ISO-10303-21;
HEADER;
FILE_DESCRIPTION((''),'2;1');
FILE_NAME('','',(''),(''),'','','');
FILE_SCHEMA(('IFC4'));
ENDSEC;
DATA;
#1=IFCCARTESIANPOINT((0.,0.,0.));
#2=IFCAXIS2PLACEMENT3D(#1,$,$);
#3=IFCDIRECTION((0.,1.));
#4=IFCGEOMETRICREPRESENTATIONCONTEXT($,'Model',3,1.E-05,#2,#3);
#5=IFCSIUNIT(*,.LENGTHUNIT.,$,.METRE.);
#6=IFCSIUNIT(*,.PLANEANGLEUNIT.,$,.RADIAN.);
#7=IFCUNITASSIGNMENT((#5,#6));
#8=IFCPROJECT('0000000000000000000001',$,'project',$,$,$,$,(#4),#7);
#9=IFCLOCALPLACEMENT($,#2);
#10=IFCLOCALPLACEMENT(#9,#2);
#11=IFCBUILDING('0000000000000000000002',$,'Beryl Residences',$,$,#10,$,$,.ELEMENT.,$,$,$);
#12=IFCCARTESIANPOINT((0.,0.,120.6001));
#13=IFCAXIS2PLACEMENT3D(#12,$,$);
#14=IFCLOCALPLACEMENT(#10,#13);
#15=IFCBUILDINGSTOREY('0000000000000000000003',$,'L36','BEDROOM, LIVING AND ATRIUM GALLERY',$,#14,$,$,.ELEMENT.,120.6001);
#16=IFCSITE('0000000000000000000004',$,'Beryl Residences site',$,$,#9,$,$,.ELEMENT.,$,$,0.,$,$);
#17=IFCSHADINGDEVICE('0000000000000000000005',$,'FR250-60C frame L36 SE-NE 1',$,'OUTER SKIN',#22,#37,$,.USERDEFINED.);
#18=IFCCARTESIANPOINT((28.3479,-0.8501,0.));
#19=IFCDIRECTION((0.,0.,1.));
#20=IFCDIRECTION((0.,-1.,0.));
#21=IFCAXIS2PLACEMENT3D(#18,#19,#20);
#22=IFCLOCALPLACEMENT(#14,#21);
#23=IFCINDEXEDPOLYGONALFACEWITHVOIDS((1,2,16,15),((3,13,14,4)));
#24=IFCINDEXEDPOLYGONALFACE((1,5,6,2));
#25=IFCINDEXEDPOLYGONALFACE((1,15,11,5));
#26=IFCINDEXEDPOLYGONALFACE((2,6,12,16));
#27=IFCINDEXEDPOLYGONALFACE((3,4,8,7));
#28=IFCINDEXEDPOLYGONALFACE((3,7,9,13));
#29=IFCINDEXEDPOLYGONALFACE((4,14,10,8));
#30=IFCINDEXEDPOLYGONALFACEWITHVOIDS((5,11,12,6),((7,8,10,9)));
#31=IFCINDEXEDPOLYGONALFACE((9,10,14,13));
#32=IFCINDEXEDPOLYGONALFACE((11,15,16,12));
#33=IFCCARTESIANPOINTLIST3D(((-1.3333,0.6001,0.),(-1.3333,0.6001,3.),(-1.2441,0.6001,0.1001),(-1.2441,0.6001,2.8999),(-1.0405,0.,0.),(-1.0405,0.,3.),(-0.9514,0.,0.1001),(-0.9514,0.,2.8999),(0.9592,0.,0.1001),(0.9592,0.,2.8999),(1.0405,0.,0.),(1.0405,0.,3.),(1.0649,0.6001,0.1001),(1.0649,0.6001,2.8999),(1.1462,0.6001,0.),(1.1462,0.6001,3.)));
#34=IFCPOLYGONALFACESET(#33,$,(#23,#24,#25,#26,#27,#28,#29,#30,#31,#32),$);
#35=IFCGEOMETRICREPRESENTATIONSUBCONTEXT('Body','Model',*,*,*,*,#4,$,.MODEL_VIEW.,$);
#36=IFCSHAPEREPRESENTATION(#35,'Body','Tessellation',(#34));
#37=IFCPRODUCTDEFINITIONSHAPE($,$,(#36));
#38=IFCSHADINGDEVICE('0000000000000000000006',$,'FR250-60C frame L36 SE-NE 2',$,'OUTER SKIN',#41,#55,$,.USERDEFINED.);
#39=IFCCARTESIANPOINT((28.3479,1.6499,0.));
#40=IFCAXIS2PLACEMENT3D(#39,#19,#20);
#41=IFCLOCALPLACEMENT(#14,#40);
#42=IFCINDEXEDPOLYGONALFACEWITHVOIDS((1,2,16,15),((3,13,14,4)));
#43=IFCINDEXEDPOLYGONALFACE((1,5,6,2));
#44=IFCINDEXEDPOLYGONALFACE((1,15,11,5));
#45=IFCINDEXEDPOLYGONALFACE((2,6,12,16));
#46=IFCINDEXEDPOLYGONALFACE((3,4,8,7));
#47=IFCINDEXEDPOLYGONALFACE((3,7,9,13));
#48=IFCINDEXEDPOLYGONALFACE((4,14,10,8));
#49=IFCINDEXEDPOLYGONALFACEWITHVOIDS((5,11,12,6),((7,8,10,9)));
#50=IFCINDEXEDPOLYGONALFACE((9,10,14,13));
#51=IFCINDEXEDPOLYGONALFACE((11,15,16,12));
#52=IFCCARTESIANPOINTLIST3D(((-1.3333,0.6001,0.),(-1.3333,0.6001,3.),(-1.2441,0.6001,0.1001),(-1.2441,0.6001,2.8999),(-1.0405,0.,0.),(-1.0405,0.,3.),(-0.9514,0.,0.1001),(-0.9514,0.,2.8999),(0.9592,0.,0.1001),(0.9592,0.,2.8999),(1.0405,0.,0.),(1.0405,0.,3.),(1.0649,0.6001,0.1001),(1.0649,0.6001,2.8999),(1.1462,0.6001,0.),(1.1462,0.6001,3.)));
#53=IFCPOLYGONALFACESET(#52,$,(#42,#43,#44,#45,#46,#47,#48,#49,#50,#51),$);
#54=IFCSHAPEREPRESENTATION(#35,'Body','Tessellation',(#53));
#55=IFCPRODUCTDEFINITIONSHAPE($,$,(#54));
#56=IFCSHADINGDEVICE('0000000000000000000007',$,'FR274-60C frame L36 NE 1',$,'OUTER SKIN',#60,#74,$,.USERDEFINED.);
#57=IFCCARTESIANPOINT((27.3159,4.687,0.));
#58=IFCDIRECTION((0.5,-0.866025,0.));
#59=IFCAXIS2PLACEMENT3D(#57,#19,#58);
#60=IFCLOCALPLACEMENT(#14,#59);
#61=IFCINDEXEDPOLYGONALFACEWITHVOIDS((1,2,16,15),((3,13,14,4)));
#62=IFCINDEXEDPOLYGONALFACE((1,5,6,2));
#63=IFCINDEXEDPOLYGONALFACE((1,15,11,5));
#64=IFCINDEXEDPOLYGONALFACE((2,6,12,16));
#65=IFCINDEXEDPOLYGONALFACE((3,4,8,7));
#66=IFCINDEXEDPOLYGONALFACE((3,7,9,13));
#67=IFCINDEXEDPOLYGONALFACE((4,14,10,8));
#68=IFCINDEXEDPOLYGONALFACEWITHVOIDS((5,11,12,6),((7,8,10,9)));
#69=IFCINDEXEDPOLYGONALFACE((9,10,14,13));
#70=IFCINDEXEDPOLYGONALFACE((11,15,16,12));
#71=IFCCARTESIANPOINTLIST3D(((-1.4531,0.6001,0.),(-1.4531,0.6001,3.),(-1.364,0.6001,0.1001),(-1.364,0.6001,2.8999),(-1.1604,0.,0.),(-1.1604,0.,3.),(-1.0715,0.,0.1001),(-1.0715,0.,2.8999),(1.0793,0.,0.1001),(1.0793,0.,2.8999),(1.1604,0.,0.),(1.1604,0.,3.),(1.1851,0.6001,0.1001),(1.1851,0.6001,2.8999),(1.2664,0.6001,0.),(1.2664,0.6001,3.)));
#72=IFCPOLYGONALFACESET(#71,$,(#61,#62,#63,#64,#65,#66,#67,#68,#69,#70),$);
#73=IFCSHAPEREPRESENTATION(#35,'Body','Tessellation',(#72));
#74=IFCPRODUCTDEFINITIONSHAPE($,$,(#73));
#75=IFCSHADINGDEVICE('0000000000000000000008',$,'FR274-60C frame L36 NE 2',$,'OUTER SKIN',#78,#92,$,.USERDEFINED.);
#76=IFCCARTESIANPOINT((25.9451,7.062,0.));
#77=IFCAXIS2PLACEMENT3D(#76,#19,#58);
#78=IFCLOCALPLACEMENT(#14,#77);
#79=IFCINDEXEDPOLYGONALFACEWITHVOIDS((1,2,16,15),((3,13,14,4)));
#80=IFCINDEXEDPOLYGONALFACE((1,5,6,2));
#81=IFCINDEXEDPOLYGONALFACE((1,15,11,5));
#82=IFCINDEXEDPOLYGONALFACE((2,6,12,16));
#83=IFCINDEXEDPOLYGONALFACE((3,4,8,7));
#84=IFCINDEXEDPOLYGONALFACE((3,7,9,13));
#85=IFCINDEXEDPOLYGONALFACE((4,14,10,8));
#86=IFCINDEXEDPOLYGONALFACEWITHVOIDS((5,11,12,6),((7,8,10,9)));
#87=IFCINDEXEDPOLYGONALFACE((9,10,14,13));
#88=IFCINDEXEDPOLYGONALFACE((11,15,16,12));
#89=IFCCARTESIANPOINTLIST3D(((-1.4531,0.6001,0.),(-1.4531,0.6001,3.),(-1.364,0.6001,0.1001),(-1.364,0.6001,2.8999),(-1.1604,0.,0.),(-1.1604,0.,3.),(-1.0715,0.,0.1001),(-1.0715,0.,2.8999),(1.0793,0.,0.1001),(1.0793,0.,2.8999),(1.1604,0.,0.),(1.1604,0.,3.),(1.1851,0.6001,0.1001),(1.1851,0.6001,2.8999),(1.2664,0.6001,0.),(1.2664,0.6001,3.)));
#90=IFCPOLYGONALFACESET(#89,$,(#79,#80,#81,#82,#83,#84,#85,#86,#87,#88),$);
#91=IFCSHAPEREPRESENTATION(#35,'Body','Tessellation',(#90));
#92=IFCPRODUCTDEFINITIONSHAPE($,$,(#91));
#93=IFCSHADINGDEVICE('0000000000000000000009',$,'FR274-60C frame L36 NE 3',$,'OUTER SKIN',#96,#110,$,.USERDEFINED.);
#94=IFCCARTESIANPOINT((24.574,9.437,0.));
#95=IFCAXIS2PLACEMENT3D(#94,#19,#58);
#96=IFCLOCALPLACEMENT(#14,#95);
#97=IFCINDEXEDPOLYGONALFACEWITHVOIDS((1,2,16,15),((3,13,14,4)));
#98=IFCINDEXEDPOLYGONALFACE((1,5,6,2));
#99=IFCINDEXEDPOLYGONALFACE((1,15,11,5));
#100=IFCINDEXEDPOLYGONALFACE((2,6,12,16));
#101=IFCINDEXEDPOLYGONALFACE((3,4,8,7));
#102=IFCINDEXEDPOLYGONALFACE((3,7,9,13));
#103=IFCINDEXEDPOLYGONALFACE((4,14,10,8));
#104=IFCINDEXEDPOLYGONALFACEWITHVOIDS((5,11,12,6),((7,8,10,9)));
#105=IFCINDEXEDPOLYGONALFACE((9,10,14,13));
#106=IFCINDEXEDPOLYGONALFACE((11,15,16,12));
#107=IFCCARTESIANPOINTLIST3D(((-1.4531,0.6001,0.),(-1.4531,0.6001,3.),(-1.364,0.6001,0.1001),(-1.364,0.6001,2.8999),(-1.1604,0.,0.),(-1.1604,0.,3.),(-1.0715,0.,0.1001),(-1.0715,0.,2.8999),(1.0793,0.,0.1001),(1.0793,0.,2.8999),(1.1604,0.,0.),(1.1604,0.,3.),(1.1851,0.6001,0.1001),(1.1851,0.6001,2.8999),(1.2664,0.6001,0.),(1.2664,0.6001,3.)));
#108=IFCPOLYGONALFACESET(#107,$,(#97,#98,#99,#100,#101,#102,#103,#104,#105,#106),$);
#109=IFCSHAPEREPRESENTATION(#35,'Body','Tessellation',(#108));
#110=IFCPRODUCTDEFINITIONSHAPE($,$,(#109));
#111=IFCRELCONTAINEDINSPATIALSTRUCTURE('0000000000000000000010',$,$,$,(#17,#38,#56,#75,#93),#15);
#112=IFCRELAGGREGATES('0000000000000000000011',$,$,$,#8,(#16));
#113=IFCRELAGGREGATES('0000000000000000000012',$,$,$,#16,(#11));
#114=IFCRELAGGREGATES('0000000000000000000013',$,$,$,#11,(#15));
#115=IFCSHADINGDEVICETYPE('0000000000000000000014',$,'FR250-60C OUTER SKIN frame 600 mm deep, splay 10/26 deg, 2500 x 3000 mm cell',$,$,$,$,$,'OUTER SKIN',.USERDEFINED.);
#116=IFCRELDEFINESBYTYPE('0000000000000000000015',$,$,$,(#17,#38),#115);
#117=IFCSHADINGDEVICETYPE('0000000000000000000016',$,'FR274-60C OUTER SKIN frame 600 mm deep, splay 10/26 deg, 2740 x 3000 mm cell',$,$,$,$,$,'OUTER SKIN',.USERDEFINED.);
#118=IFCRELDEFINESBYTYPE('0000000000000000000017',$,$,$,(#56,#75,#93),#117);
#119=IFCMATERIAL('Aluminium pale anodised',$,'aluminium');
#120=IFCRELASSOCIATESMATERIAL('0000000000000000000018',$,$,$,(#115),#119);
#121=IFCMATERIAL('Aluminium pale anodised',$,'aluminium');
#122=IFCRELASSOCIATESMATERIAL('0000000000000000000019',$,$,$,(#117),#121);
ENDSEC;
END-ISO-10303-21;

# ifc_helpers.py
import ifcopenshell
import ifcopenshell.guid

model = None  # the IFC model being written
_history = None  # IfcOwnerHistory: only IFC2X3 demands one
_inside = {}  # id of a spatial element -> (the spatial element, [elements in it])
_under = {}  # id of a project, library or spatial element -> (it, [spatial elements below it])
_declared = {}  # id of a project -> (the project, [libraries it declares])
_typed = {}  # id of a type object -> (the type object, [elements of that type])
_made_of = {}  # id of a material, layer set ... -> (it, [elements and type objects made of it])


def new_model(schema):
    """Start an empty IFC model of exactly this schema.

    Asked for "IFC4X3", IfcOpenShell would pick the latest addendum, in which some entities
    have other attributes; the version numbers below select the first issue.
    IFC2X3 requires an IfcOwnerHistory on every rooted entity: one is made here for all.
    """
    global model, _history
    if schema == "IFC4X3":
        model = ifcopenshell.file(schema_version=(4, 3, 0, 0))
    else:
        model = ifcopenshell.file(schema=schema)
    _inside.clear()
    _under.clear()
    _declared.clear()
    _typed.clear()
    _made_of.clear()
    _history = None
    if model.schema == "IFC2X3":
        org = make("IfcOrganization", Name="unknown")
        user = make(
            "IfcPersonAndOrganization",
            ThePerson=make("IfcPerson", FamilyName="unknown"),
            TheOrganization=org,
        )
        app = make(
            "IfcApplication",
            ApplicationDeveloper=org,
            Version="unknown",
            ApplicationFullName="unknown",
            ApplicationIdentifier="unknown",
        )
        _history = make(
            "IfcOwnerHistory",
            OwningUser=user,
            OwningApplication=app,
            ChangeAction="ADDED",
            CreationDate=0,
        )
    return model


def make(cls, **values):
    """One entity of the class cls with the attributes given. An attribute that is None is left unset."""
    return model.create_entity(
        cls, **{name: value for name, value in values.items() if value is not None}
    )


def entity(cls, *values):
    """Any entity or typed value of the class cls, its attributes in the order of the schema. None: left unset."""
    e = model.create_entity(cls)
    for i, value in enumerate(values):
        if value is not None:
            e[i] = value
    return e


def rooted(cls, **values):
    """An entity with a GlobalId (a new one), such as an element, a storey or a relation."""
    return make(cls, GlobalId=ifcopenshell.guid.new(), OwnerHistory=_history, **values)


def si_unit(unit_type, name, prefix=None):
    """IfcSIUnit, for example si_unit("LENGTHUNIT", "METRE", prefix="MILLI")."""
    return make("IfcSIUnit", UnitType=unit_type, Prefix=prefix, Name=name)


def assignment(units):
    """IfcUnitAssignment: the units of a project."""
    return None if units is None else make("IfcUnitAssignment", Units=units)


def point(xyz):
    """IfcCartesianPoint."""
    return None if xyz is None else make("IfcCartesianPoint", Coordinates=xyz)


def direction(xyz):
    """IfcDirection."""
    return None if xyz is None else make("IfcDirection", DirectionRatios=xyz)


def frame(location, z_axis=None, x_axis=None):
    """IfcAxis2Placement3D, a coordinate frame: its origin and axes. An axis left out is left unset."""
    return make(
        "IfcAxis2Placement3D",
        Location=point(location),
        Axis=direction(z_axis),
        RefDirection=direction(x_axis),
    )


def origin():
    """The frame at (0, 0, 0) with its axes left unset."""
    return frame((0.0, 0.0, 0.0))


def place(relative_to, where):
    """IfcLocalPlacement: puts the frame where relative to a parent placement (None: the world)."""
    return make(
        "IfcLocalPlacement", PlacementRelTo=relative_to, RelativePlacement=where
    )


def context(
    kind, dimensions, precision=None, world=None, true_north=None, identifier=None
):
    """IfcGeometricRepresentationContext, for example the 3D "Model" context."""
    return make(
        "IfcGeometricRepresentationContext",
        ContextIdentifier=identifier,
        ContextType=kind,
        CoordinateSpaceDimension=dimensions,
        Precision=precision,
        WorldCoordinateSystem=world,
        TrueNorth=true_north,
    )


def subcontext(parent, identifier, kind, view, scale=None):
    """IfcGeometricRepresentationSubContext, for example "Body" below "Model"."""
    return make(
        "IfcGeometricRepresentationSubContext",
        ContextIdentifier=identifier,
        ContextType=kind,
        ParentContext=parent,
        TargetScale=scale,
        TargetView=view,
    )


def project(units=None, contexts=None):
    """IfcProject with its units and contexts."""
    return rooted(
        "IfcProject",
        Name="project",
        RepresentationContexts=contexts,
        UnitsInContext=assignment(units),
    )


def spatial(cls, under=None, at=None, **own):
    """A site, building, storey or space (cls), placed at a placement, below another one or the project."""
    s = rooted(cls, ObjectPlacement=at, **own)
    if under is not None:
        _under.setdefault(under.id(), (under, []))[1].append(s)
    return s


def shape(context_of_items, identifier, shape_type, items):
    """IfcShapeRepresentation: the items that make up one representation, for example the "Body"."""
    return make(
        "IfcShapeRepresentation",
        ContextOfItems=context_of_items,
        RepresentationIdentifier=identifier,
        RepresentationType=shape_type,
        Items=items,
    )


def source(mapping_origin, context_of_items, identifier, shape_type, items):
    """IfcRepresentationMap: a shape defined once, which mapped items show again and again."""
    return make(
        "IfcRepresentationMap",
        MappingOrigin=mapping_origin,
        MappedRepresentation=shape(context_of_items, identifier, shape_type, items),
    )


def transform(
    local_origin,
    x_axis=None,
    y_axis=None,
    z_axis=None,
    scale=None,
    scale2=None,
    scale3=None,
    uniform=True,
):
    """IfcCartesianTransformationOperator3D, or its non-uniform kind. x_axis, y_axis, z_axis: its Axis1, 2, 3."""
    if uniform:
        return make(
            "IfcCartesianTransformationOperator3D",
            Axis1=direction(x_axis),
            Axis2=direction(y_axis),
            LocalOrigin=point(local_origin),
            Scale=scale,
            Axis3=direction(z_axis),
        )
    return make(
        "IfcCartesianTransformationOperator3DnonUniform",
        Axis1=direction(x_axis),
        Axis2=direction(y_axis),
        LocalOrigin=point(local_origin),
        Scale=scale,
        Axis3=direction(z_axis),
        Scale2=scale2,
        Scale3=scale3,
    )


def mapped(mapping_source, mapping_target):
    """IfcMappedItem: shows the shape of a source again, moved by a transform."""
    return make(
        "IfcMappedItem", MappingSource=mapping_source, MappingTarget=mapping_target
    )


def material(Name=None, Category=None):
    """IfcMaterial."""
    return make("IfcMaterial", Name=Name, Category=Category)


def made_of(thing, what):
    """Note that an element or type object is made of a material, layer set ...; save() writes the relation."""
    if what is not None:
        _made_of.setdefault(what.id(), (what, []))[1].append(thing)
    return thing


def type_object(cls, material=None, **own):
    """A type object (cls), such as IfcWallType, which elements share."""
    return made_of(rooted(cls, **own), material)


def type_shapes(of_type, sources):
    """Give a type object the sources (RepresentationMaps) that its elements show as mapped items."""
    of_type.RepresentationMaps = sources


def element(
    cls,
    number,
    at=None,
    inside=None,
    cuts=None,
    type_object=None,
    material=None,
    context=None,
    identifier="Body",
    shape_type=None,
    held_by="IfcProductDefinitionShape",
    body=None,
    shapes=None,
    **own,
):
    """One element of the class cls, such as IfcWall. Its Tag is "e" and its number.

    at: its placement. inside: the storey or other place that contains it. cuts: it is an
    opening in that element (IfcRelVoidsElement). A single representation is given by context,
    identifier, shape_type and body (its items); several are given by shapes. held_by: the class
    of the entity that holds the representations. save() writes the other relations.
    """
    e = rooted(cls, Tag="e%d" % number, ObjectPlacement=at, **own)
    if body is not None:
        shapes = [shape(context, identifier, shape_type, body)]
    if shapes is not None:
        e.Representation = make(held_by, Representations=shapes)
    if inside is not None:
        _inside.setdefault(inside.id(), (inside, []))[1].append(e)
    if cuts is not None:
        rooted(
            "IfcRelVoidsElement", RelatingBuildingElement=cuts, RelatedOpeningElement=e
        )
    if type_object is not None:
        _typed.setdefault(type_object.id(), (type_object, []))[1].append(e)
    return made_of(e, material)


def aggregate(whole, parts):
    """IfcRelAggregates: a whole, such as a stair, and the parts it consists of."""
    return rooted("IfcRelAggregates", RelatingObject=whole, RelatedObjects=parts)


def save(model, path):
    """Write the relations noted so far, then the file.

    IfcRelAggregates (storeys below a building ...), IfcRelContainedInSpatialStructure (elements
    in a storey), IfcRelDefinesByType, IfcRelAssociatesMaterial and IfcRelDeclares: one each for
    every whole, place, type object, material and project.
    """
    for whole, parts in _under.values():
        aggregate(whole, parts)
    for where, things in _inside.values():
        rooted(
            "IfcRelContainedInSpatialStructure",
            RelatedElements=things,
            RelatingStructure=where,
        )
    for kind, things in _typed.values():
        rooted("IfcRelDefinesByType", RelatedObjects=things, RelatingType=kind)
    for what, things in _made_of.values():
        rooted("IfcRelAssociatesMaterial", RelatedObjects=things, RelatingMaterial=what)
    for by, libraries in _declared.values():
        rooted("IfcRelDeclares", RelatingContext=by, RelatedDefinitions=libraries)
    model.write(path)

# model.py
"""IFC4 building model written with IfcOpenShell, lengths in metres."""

from ifc_helpers import new_model, entity, si_unit, direction, frame, origin, place, context, subcontext, project, spatial, source, transform, mapped, material, type_object, type_shapes, element, save


model = new_model("IFC4")

# Units and contexts
model_context = context("Model", 3, precision=1e-05, world=origin(), true_north=direction((0.0, 1.0)))
body_context = subcontext(model_context, "Body", "Model", "MODEL_VIEW")
ifc_project = project(units=[si_unit("LENGTHUNIT", "METRE"), si_unit("PLANEANGLEUNIT", "RADIAN")], contexts=[model_context])

# Site, building, storey
site_placement = place(None, origin())
site = spatial("IfcSite", under=ifc_project, at=site_placement, Name="Beryl Residences site", CompositionType="ELEMENT", RefElevation=0.0)
building_placement = place(site_placement, origin())
building = spatial("IfcBuilding", under=site, at=building_placement, Name="Beryl Residences", CompositionType="ELEMENT")
storey_placement = place(building_placement, frame((0.0, 0.0, 120.6001)))
storey = spatial("IfcBuildingStorey", under=building, at=storey_placement, Name="L36", Description="BEDROOM, LIVING AND ATRIUM GALLERY", CompositionType="ELEMENT", Elevation=120.6001)

# Shading devices
ifc_material_1 = material(Name="Aluminium pale anodised", Category="aluminium")
shading_device_type_1 = type_object("IfcShadingDeviceType", Name="FR250-60C OUTER SKIN frame 600 mm deep, splay 10/26 deg, 2500 x 3000 mm cell", ElementType="OUTER SKIN", PredefinedType="USERDEFINED", material=ifc_material_1)
cartesian_point_1 = entity("IfcCartesianPoint", [-1.0405, 0.0])
cartesian_point_2 = entity("IfcCartesianPoint", [-0.9592, 0.1001])
cartesian_point_3 = entity("IfcCartesianPoint", [-1.1462, 0.0])
cartesian_point_4 = entity("IfcCartesianPoint", [-1.0649, 0.1001])
shared_shape_1 = source(origin(), body_context, "Body", "SweptSolid", [
    entity("IfcExtrudedAreaSolidTapered", entity("IfcArbitraryProfileDefWithVoids", "AREA", None, entity("IfcPolyline", [cartesian_point_1, entity("IfcCartesianPoint", [1.0405, 0.0]), entity("IfcCartesianPoint", [1.0405, 3.0]), entity("IfcCartesianPoint", [-1.0405, 3.0]), cartesian_point_1]), [entity("IfcPolyline", [cartesian_point_2, entity("IfcCartesianPoint", [0.9514, 0.1001]), entity("IfcCartesianPoint", [0.9514, 2.8999]), entity("IfcCartesianPoint", [-0.9592, 2.8999]), cartesian_point_2])]), entity("IfcAxis2Placement3D", entity("IfcCartesianPoint", [0.0, 0.0, 0.0]), entity("IfcDirection", [0.0, 1.0, 0.0]), entity("IfcDirection", [-1.0, 0.0, 0.0])), entity("IfcDirection", [0.0, 0.0, 1.0]), 0.6001, entity("IfcArbitraryProfileDefWithVoids", "AREA", None, entity("IfcPolyline", [cartesian_point_3, entity("IfcCartesianPoint", [1.3333, 0.0]), entity("IfcCartesianPoint", [1.3333, 3.0]), entity("IfcCartesianPoint", [-1.1462, 3.0]), cartesian_point_3]), [entity("IfcPolyline", [cartesian_point_4, entity("IfcCartesianPoint", [1.2441, 0.1001]), entity("IfcCartesianPoint", [1.2441, 2.8999]), entity("IfcCartesianPoint", [-1.0649, 2.8999]), cartesian_point_4])])),
])
type_shapes(shading_device_type_1, [shared_shape_1])
for number, where, z_axis, x_axis, name in (
    (1, (28.3479, -0.8501, 0.0), (0.0, 0.0, 1.0), (0.0, -1.0, 0.0), "FR250-60C frame L36 SE-NE 1"),
    (2, (28.3479, 1.6499, 0.0), (0.0, 0.0, 1.0), (0.0, -1.0, 0.0), "FR250-60C frame L36 SE-NE 2"),
):
    element("IfcShadingDevice", number, at=place(storey_placement, frame(where, z_axis=z_axis, x_axis=x_axis)), inside=storey, type_object=shading_device_type_1, Name=name, ObjectType="OUTER SKIN", PredefinedType="USERDEFINED", context=body_context, shape_type="MappedRepresentation", body=[
        mapped(shared_shape_1, transform((0.0, 0.0, 0.0))),
    ])
ifc_material_2 = material(Name="Aluminium pale anodised", Category="aluminium")
shading_device_type_2 = type_object("IfcShadingDeviceType", Name="FR274-60C OUTER SKIN frame 600 mm deep, splay 10/26 deg, 2740 x 3000 mm cell", ElementType="OUTER SKIN", PredefinedType="USERDEFINED", material=ifc_material_2)
cartesian_point_5 = entity("IfcCartesianPoint", [-1.1604, 0.0])
cartesian_point_6 = entity("IfcCartesianPoint", [-1.0793, 0.1001])
cartesian_point_7 = entity("IfcCartesianPoint", [-1.2664, 0.0])
cartesian_point_8 = entity("IfcCartesianPoint", [-1.1851, 0.1001])
shared_shape_2 = source(origin(), body_context, "Body", "SweptSolid", [
    entity("IfcExtrudedAreaSolidTapered", entity("IfcArbitraryProfileDefWithVoids", "AREA", None, entity("IfcPolyline", [cartesian_point_5, entity("IfcCartesianPoint", [1.1604, 0.0]), entity("IfcCartesianPoint", [1.1604, 3.0]), entity("IfcCartesianPoint", [-1.1604, 3.0]), cartesian_point_5]), [entity("IfcPolyline", [cartesian_point_6, entity("IfcCartesianPoint", [1.0715, 0.1001]), entity("IfcCartesianPoint", [1.0715, 2.8999]), entity("IfcCartesianPoint", [-1.0793, 2.8999]), cartesian_point_6])]), entity("IfcAxis2Placement3D", entity("IfcCartesianPoint", [0.0, 0.0, 0.0]), entity("IfcDirection", [0.0, 1.0, 0.0]), entity("IfcDirection", [-1.0, 0.0, 0.0])), entity("IfcDirection", [0.0, 0.0, 1.0]), 0.6001, entity("IfcArbitraryProfileDefWithVoids", "AREA", None, entity("IfcPolyline", [cartesian_point_7, entity("IfcCartesianPoint", [1.4531, 0.0]), entity("IfcCartesianPoint", [1.4531, 3.0]), entity("IfcCartesianPoint", [-1.2664, 3.0]), cartesian_point_7]), [entity("IfcPolyline", [cartesian_point_8, entity("IfcCartesianPoint", [1.364, 0.1001]), entity("IfcCartesianPoint", [1.364, 2.8999]), entity("IfcCartesianPoint", [-1.1851, 2.8999]), cartesian_point_8])])),
])
type_shapes(shading_device_type_2, [shared_shape_2])
for number, where, z_axis, x_axis, name in (
    (3, (27.3159, 4.687, 0.0), (0.0, 0.0, 1.0), (0.5, -0.866025, 0.0), "FR274-60C frame L36 NE 1"),
    (4, (25.9451, 7.062, 0.0), (0.0, 0.0, 1.0), (0.5, -0.866025, 0.0), "FR274-60C frame L36 NE 2"),
    (5, (24.574, 9.437, 0.0), (0.0, 0.0, 1.0), (0.5, -0.866025, 0.0), "FR274-60C frame L36 NE 3"),
):
    element("IfcShadingDevice", number, at=place(storey_placement, frame(where, z_axis=z_axis, x_axis=x_axis)), inside=storey, type_object=shading_device_type_2, Name=name, ObjectType="OUTER SKIN", PredefinedType="USERDEFINED", context=body_context, shape_type="MappedRepresentation", body=[
        mapped(shared_shape_2, transform((0.0, 0.0, 0.0))),
    ])

save(model, "model.ifc")
